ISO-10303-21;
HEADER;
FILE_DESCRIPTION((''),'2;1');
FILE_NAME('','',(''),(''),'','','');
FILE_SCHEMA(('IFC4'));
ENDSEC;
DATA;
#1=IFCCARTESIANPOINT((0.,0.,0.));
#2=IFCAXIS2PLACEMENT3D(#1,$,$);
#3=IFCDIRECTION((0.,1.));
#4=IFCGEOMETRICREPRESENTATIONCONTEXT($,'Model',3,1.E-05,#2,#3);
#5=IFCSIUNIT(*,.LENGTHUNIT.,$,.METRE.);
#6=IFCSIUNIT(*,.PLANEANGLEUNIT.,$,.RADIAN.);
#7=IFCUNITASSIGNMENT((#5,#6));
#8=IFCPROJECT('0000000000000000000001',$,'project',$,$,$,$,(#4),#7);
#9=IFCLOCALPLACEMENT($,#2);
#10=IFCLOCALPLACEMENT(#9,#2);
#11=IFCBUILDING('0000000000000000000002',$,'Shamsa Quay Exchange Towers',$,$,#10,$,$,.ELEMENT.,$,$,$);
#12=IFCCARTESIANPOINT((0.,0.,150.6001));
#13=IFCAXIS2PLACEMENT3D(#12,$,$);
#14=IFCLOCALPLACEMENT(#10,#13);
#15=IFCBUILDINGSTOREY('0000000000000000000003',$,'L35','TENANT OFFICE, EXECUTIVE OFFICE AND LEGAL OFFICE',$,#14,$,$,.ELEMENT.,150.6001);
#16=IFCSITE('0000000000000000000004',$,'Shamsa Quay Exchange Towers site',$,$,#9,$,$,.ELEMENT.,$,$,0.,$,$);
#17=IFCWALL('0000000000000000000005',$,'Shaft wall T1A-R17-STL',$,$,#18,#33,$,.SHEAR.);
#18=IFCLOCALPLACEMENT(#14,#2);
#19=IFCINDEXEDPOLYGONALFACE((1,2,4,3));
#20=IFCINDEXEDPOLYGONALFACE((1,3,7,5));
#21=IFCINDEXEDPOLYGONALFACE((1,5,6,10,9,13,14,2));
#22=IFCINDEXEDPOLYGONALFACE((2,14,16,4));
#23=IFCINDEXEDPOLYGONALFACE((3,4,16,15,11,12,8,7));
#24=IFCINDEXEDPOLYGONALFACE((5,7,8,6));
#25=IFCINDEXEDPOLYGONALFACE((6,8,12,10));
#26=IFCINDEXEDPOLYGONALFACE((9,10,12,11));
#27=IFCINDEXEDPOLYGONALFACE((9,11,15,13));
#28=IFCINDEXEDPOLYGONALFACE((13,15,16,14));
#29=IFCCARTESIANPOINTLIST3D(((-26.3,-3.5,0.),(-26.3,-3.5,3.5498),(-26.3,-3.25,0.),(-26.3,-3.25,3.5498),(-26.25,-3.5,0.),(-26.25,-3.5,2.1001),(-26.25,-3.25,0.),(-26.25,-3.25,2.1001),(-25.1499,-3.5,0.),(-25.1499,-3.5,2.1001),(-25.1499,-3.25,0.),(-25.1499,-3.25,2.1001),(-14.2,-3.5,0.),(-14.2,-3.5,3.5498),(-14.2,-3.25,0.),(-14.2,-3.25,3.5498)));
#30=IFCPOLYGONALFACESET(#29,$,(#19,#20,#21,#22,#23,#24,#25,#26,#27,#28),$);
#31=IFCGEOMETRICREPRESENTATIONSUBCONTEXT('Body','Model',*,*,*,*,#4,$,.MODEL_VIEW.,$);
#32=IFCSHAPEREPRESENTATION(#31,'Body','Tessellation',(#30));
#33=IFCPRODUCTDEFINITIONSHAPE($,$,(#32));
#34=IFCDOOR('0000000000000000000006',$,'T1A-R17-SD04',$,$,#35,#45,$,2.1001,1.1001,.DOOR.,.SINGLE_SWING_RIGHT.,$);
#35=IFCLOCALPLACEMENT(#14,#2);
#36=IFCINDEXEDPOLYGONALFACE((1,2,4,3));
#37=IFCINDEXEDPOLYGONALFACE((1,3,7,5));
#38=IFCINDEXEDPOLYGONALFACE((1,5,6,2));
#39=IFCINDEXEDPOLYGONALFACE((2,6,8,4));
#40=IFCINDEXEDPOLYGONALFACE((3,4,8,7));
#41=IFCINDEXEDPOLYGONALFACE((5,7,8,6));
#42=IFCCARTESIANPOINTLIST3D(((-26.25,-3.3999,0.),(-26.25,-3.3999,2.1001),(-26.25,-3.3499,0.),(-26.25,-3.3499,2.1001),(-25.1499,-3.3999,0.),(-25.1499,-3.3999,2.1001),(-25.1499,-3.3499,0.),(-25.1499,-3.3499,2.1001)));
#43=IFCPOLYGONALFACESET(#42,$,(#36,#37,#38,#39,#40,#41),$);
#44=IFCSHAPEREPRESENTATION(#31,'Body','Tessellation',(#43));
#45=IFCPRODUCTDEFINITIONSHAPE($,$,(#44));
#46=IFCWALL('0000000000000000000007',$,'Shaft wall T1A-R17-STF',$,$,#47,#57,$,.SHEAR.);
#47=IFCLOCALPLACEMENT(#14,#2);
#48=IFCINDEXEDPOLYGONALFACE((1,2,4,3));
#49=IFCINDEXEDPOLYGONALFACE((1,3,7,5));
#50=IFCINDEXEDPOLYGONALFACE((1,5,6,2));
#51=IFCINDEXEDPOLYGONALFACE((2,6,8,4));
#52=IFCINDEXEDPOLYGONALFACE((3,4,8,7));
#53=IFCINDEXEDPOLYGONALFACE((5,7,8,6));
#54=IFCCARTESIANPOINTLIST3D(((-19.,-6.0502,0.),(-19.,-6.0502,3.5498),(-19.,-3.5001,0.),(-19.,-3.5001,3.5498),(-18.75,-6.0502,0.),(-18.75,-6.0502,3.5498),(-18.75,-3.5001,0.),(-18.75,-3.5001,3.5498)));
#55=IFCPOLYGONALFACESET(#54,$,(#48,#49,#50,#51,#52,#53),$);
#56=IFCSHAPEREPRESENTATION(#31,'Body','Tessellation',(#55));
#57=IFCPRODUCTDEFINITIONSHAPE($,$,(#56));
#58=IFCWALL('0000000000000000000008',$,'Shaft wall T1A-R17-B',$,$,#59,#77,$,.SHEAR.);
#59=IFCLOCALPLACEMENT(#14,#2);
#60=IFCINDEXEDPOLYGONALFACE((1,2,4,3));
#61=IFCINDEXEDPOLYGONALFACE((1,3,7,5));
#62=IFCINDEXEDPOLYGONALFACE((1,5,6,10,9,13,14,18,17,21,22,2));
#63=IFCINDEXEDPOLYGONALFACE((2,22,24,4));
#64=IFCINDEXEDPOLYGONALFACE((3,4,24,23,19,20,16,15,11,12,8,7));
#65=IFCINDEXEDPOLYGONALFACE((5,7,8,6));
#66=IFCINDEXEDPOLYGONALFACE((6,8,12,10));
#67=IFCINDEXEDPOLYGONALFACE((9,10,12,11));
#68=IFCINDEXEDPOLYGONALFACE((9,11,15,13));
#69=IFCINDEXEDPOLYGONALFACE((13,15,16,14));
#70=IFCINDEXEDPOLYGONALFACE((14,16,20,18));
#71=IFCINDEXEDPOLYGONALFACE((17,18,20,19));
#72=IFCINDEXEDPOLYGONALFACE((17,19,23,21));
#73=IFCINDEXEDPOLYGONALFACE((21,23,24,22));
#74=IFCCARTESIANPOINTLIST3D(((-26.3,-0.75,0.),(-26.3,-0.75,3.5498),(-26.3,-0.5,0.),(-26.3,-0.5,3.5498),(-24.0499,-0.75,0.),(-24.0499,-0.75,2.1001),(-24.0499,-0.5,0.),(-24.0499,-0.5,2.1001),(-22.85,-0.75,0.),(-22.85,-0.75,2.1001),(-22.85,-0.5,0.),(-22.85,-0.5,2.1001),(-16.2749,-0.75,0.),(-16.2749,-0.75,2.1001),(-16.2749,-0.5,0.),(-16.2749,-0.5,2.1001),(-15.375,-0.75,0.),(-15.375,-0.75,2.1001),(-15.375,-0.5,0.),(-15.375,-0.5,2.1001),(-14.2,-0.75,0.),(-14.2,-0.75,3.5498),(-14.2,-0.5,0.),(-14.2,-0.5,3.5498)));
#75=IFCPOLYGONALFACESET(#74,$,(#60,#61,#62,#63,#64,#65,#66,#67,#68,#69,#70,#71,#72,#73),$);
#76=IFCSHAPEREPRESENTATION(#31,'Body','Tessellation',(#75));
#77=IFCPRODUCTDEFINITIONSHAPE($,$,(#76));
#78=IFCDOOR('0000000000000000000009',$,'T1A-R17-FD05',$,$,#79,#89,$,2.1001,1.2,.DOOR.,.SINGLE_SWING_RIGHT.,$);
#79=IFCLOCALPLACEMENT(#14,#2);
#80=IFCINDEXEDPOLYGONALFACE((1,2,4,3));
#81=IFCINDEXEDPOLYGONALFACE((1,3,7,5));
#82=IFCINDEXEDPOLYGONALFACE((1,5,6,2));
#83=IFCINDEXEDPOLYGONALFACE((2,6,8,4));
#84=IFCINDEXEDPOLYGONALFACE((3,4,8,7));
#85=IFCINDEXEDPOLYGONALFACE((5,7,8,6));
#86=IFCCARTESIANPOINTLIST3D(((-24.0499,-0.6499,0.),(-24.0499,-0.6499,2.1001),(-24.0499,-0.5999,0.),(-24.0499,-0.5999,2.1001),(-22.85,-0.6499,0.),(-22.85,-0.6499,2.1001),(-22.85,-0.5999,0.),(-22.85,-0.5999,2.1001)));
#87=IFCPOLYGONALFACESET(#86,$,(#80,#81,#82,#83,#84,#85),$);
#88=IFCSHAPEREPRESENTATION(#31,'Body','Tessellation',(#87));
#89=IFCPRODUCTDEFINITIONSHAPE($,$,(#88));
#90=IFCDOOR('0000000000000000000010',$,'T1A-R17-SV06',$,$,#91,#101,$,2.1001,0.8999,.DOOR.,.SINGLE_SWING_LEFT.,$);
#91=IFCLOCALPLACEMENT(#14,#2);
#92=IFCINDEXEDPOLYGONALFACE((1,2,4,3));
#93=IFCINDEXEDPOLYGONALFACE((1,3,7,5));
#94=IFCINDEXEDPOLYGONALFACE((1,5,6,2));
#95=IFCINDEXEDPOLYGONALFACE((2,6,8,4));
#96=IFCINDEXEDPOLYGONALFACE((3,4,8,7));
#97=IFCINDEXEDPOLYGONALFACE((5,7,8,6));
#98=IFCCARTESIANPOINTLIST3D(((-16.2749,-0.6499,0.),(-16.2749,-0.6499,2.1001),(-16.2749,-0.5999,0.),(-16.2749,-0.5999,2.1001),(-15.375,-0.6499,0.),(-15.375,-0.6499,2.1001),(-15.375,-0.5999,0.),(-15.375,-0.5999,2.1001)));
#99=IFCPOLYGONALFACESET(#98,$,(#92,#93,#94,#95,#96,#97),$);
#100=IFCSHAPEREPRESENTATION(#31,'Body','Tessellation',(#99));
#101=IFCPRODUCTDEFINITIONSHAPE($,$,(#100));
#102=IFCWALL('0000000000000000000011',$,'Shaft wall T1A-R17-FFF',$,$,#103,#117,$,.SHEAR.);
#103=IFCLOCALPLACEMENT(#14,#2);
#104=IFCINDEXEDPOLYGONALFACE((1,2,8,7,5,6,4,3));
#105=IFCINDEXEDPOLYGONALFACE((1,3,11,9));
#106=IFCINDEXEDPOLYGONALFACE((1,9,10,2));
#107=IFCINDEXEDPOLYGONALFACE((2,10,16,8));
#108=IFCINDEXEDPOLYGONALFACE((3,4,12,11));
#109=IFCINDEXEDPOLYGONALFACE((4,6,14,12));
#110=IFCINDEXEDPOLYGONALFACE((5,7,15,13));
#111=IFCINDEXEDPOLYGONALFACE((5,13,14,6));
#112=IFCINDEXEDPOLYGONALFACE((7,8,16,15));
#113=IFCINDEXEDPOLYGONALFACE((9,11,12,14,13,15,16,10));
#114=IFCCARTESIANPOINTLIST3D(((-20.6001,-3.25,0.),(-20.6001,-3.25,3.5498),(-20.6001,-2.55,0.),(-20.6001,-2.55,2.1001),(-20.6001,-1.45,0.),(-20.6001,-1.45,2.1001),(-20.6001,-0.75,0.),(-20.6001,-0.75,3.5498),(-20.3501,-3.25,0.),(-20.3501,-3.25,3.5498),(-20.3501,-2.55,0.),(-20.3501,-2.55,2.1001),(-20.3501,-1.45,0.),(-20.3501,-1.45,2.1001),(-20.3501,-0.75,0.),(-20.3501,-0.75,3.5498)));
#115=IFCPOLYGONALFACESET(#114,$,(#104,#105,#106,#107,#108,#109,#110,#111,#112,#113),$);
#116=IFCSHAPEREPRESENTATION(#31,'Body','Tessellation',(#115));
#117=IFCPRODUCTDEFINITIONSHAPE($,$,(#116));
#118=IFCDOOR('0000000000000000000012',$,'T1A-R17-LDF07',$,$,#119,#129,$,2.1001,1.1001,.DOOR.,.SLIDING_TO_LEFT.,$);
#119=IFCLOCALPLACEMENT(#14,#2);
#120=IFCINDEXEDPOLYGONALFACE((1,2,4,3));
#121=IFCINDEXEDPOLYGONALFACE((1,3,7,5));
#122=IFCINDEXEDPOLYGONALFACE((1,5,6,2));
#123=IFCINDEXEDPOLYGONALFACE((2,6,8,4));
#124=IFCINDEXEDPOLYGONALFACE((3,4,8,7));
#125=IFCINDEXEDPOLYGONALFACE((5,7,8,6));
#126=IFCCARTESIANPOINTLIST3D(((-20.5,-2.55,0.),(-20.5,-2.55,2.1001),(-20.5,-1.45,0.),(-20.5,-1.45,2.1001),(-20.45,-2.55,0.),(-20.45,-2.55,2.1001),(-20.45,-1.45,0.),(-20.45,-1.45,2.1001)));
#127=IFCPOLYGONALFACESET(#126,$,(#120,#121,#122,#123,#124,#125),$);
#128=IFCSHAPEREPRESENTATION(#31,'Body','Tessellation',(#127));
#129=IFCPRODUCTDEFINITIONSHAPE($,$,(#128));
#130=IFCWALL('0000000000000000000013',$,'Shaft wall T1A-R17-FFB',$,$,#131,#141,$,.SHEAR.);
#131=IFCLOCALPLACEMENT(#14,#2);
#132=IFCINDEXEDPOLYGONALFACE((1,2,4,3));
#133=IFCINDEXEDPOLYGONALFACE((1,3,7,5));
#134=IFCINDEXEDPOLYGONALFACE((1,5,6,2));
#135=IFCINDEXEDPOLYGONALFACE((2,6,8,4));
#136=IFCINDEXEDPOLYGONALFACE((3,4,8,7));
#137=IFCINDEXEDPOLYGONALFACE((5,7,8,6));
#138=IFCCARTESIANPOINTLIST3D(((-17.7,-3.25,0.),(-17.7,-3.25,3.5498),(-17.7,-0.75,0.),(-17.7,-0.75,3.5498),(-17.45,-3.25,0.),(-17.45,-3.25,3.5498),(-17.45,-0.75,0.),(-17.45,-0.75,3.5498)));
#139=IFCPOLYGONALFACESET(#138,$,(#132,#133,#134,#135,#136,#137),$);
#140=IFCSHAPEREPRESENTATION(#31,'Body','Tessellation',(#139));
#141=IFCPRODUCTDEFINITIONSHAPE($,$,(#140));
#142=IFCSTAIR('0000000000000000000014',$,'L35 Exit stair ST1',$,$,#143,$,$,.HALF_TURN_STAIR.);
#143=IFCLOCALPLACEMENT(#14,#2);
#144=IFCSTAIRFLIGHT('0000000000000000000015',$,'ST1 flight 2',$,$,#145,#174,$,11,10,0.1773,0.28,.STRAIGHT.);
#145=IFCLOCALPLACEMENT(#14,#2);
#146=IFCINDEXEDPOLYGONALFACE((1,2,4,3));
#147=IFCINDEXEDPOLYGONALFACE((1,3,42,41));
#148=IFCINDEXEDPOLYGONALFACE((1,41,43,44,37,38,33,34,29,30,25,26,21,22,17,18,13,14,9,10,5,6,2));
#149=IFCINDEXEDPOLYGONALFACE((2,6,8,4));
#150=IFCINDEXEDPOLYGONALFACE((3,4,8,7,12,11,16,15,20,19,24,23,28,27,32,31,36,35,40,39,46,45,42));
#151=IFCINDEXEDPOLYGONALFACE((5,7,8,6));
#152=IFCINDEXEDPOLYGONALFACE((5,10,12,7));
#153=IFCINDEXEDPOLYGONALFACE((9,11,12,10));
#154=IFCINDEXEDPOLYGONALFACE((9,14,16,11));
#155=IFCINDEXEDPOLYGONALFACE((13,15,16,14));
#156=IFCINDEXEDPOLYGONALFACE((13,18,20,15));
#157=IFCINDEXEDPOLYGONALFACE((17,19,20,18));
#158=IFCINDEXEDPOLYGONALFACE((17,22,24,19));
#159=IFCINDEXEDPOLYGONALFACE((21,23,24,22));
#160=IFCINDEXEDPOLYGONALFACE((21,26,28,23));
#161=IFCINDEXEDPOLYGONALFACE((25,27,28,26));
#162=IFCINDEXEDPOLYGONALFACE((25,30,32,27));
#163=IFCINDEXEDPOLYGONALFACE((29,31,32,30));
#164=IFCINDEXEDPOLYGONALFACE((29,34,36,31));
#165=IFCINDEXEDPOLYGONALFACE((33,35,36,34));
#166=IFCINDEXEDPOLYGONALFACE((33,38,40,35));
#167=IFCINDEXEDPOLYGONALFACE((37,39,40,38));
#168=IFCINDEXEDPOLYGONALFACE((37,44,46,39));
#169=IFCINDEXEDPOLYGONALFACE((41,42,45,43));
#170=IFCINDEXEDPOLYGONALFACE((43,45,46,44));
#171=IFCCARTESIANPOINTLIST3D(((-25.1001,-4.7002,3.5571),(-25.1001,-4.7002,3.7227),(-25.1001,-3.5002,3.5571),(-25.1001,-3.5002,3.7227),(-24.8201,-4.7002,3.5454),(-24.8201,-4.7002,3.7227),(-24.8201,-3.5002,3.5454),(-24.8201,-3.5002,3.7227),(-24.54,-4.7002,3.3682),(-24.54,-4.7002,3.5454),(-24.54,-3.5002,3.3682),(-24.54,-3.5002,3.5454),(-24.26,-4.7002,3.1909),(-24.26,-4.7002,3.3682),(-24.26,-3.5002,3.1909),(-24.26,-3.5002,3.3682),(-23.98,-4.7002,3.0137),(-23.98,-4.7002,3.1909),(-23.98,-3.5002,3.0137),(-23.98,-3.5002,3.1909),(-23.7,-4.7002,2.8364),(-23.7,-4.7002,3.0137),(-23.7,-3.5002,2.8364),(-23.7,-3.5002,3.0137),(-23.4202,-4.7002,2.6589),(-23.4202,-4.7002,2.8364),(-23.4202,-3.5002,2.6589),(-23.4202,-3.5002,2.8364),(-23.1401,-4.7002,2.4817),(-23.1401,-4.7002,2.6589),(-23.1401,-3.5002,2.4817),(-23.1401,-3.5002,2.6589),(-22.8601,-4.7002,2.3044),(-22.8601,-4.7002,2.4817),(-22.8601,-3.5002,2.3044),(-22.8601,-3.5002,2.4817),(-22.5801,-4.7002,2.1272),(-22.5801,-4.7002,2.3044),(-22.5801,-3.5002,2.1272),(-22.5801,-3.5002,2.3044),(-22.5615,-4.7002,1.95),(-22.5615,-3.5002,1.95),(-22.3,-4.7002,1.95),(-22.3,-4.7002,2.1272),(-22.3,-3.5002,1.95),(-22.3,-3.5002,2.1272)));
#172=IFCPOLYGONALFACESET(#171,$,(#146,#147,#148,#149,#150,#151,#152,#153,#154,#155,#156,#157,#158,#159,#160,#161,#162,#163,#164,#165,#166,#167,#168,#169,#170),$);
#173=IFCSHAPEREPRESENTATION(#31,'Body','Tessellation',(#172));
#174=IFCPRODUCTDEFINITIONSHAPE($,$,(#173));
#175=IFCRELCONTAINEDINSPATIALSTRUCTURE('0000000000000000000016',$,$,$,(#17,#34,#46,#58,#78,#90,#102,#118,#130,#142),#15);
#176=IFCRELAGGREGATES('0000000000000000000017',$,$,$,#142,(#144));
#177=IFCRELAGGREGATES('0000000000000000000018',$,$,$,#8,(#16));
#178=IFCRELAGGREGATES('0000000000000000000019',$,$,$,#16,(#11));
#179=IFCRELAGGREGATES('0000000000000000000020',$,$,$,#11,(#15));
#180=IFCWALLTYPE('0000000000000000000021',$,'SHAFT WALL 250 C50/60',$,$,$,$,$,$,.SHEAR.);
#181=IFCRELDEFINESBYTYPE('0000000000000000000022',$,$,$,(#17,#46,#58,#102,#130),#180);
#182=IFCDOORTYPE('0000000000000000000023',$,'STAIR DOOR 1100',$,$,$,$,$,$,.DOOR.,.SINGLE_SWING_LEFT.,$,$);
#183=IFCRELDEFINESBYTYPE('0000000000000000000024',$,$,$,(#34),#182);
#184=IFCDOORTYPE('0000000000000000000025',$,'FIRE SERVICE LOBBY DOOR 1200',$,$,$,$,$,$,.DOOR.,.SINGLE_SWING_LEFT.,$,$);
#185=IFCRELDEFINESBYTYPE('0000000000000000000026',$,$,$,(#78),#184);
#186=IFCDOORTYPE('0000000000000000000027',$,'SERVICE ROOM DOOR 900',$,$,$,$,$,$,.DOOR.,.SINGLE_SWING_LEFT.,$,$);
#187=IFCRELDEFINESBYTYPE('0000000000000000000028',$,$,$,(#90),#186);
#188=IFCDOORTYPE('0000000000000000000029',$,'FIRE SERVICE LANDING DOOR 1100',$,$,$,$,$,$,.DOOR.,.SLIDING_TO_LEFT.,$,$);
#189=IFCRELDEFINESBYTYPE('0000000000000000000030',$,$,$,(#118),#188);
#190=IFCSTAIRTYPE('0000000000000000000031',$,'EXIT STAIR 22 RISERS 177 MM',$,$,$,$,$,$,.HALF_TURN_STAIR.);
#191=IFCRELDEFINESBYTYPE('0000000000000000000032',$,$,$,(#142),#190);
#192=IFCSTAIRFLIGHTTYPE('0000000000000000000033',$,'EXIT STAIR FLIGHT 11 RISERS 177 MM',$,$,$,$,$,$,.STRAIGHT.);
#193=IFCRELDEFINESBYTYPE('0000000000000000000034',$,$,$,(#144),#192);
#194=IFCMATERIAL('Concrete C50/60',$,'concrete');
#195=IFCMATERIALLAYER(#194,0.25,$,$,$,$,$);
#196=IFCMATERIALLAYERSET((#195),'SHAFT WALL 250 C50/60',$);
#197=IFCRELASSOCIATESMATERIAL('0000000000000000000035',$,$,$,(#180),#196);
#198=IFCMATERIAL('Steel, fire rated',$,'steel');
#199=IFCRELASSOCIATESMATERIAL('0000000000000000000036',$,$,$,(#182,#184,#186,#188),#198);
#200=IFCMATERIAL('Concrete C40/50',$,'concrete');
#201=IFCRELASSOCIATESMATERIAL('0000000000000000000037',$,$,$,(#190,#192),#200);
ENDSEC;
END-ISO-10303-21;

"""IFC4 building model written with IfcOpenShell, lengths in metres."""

from ifc_helpers import new_model, si_unit, direction, frame, frame_2d, origin, place, context, subcontext, project, spatial, polyline, rectangle, outline, extrude, material, layer, layer_set, type_object, element, fill, aggregate, save


model = new_model("IFC4")

# Units and contexts
model_context = context("Model", 3, precision=1e-05, world=origin(), true_north=direction((0.0, 1.0)))
body_context = subcontext(model_context, "Body", "Model", "MODEL_VIEW")
ifc_project = project(units=[si_unit("LENGTHUNIT", "METRE"), si_unit("PLANEANGLEUNIT", "RADIAN")], contexts=[model_context])

# Site, building, storey
site_placement = place(None, origin())
site = spatial("IfcSite", under=ifc_project, at=site_placement, Name="Shamsa Quay Exchange Towers site", CompositionType="ELEMENT", RefElevation=0.0)
building_placement = place(site_placement, origin())
building = spatial("IfcBuilding", under=site, at=building_placement, Name="Shamsa Quay Exchange Towers", CompositionType="ELEMENT")
storey_placement = place(building_placement, frame((0.0, 0.0, 150.6001)))
storey = spatial("IfcBuildingStorey", under=building, at=storey_placement, Name="L35", Description="TENANT OFFICE, EXECUTIVE OFFICE AND LEGAL OFFICE", CompositionType="ELEMENT", Elevation=150.6001)

# Shared definitions
ifc_material_1 = material(Name="Concrete C40/50", Category="concrete")

# Wall, opening, door
ifc_material_2 = material(Name="Concrete C50/60", Category="concrete")
ifc_layer_1 = layer(ifc_material_2, 0.25)
ifc_layer_set_1 = layer_set([ifc_layer_1], Name="SHAFT WALL 250 C50/60")
wall_type_1 = type_object("IfcWallType", Name="SHAFT WALL 250 C50/60", PredefinedType="SHEAR", material=ifc_layer_set_1)
wall_1_placement = place(storey_placement, frame((-14.2, -3.375, 0.0), z_axis=(0.0, 0.0, 1.0), x_axis=(-1.0, 0.0, 0.0)))
wall_1 = element("IfcWall", 1, at=wall_1_placement, inside=storey, type_object=wall_type_1, Name="Shaft wall T1A-R17-STL", PredefinedType="SHEAR", context=body_context, shape_type="SweptSolid", body=[
    extrude(rectangle(XDim=12.1001, YDim=0.25, at=frame_2d((6.05, 0.0))), origin(), (0.0, 0.0, 1.0), 3.5498),
])
opening_1_placement = place(wall_1_placement, frame((10.95, 0.0, 0.0)))
opening_1 = element("IfcOpeningElement", 2, at=opening_1_placement, cuts=wall_1, PredefinedType="OPENING", context=body_context, shape_type="SweptSolid", body=[
    extrude(rectangle(XDim=1.1001, YDim=2.1001, at=frame_2d((0.55, 1.05))), frame((0.0, 0.135, 0.0), z_axis=(0.0, -1.0, 0.0), x_axis=(1.0, 0.0, 0.0)), (0.0, 0.0, 1.0), 0.27),
])
ifc_material_3 = material(Name="Steel, fire rated", Category="steel")
door_type_1 = type_object("IfcDoorType", Name="STAIR DOOR 1100", OperationType="SINGLE_SWING_LEFT", PredefinedType="DOOR", material=ifc_material_3)
door_1_placement = place(opening_1_placement, origin())
door_1 = element("IfcDoor", 3, at=door_1_placement, inside=storey, type_object=door_type_1, Name="T1A-R17-SD04", OperationType="SINGLE_SWING_RIGHT", OverallHeight=2.1001, OverallWidth=1.1001, PredefinedType="DOOR", context=body_context, shape_type="SweptSolid", body=[
    extrude(rectangle(XDim=1.1001, YDim=2.1001, at=frame_2d((0.55, 1.05))), frame((0.0, 0.0249, 0.0), z_axis=(0.0, -1.0, 0.0), x_axis=(1.0, 0.0, 0.0)), (0.0, 0.0, 1.0), 0.05),
])
fill(opening_1, door_1)

# Wall
wall_2_placement = place(storey_placement, frame((-18.875, -6.05, 0.0), z_axis=(0.0, 0.0, 1.0), x_axis=(0.0, 1.0, 0.0)))
element("IfcWall", 4, at=wall_2_placement, inside=storey, type_object=wall_type_1, Name="Shaft wall T1A-R17-STF", PredefinedType="SHEAR", context=body_context, shape_type="SweptSolid", body=[
    extrude(rectangle(XDim=2.55, YDim=0.25, at=frame_2d((1.2749, 0.0))), origin(), (0.0, 0.0, 1.0), 3.5498),
])

# Wall, openings, doors
wall_3_placement = place(storey_placement, frame((-14.2, -0.625, 0.0), z_axis=(0.0, 0.0, 1.0), x_axis=(-1.0, 0.0, 0.0)))
wall_3 = element("IfcWall", 5, at=wall_3_placement, inside=storey, type_object=wall_type_1, Name="Shaft wall T1A-R17-B", PredefinedType="SHEAR", context=body_context, shape_type="SweptSolid", body=[
    extrude(rectangle(XDim=12.1001, YDim=0.25, at=frame_2d((6.05, 0.0))), origin(), (0.0, 0.0, 1.0), 3.5498),
])
opening_2_placement = place(wall_3_placement, frame((8.6499, 0.0, 0.0)))
opening_2 = element("IfcOpeningElement", 6, at=opening_2_placement, cuts=wall_3, PredefinedType="OPENING", context=body_context, shape_type="SweptSolid", body=[
    extrude(rectangle(XDim=1.2, YDim=2.1001, at=frame_2d((0.6001, 1.05))), frame((0.0, 0.135, 0.0), z_axis=(0.0, -1.0, 0.0), x_axis=(1.0, 0.0, 0.0)), (0.0, 0.0, 1.0), 0.27),
])
opening_3_placement = place(wall_3_placement, frame((1.175, 0.0, 0.0)))
opening_3 = element("IfcOpeningElement", 7, at=opening_3_placement, cuts=wall_3, PredefinedType="OPENING", context=body_context, shape_type="SweptSolid", body=[
    extrude(rectangle(XDim=0.8999, YDim=2.1001, at=frame_2d((0.45, 1.05))), frame((0.0, 0.135, 0.0), z_axis=(0.0, -1.0, 0.0), x_axis=(1.0, 0.0, 0.0)), (0.0, 0.0, 1.0), 0.27),
])
door_type_2 = type_object("IfcDoorType", Name="FIRE SERVICE LOBBY DOOR 1200", OperationType="SINGLE_SWING_LEFT", PredefinedType="DOOR", material=ifc_material_3)
door_2_placement = place(opening_2_placement, origin())
door_2 = element("IfcDoor", 8, at=door_2_placement, inside=storey, type_object=door_type_2, Name="T1A-R17-FD05", OperationType="SINGLE_SWING_RIGHT", OverallHeight=2.1001, OverallWidth=1.2, PredefinedType="DOOR", context=body_context, shape_type="SweptSolid", body=[
    extrude(rectangle(XDim=1.2, YDim=2.1001, at=frame_2d((0.6001, 1.05))), frame((0.0, 0.0249, 0.0), z_axis=(0.0, -1.0, 0.0), x_axis=(1.0, 0.0, 0.0)), (0.0, 0.0, 1.0), 0.05),
])
fill(opening_2, door_2)
door_type_3 = type_object("IfcDoorType", Name="SERVICE ROOM DOOR 900", OperationType="SINGLE_SWING_LEFT", PredefinedType="DOOR", material=ifc_material_3)
door_3_placement = place(opening_3_placement, origin())
door_3 = element("IfcDoor", 9, at=door_3_placement, inside=storey, type_object=door_type_3, Name="T1A-R17-SV06", OperationType="SINGLE_SWING_LEFT", OverallHeight=2.1001, OverallWidth=0.8999, PredefinedType="DOOR", context=body_context, shape_type="SweptSolid", body=[
    extrude(rectangle(XDim=0.8999, YDim=2.1001, at=frame_2d((0.45, 1.05))), frame((0.0, 0.0249, 0.0), z_axis=(0.0, -1.0, 0.0), x_axis=(1.0, 0.0, 0.0)), (0.0, 0.0, 1.0), 0.05),
])
fill(opening_3, door_3)

# Wall, opening, door
wall_4_placement = place(storey_placement, frame((-20.4751, -3.25, 0.0), z_axis=(0.0, 0.0, 1.0), x_axis=(0.0, 1.0, 0.0)))
wall_4 = element("IfcWall", 10, at=wall_4_placement, inside=storey, type_object=wall_type_1, Name="Shaft wall T1A-R17-FFF", PredefinedType="SHEAR", context=body_context, shape_type="SweptSolid", body=[
    extrude(rectangle(XDim=2.5, YDim=0.25, at=frame_2d((1.25, 0.0))), origin(), (0.0, 0.0, 1.0), 3.5498),
])
opening_4_placement = place(wall_4_placement, frame((0.7, 0.0, 0.0)))
opening_4 = element("IfcOpeningElement", 11, at=opening_4_placement, cuts=wall_4, PredefinedType="OPENING", context=body_context, shape_type="SweptSolid", body=[
    extrude(rectangle(XDim=1.1001, YDim=2.1001, at=frame_2d((0.55, 1.05))), frame((0.0, 0.135, 0.0), z_axis=(0.0, -1.0, 0.0), x_axis=(1.0, 0.0, 0.0)), (0.0, 0.0, 1.0), 0.27),
])
door_type_4 = type_object("IfcDoorType", Name="FIRE SERVICE LANDING DOOR 1100", OperationType="SLIDING_TO_LEFT", PredefinedType="DOOR", material=ifc_material_3)
door_4_placement = place(opening_4_placement, origin())
door_4 = element("IfcDoor", 12, at=door_4_placement, inside=storey, type_object=door_type_4, Name="T1A-R17-LDF07", OperationType="SLIDING_TO_LEFT", OverallHeight=2.1001, OverallWidth=1.1001, PredefinedType="DOOR", context=body_context, shape_type="SweptSolid", body=[
    extrude(rectangle(XDim=1.1001, YDim=2.1001, at=frame_2d((0.55, 1.05))), frame((0.0, 0.0249, 0.0), z_axis=(0.0, -1.0, 0.0), x_axis=(1.0, 0.0, 0.0)), (0.0, 0.0, 1.0), 0.05),
])
fill(opening_4, door_4)

# Wall
wall_5_placement = place(storey_placement, frame((-17.575, -3.25, 0.0), z_axis=(0.0, 0.0, 1.0), x_axis=(0.0, 1.0, 0.0)))
element("IfcWall", 13, at=wall_5_placement, inside=storey, type_object=wall_type_1, Name="Shaft wall T1A-R17-FFB", PredefinedType="SHEAR", context=body_context, shape_type="SweptSolid", body=[
    extrude(rectangle(XDim=2.5, YDim=0.25, at=frame_2d((1.25, 0.0))), origin(), (0.0, 0.0, 1.0), 3.5498),
])

# Stair, stair flight
stair_type = type_object("IfcStairType", Name="EXIT STAIR 22 RISERS 177 MM", PredefinedType="HALF_TURN_STAIR", material=ifc_material_1)
stair_placement = place(storey_placement, origin())
stair = element("IfcStair", 14, at=stair_placement, inside=storey, type_object=stair_type, Name="L35 Exit stair ST1", PredefinedType="HALF_TURN_STAIR")
stair_flight_type = type_object("IfcStairFlightType", Name="EXIT STAIR FLIGHT 11 RISERS 177 MM", PredefinedType="STRAIGHT", material=ifc_material_1)
stair_flight_placement = place(storey_placement, frame((-22.3, -4.1001, 1.95), z_axis=(0.0, 0.0, 1.0), x_axis=(-1.0, 0.0, 0.0)))
stair_flight = element("IfcStairFlight", 15, at=stair_flight_placement, type_object=stair_flight_type, Name="ST1 flight 2", NumberOfRisers=11, NumberOfTreads=10, PredefinedType="STRAIGHT", RiserHeight=0.1773, TreadLength=0.28, context=body_context, shape_type="SweptSolid", body=[
    extrude(outline(polyline([(0.0, 0.0), (0.0, 0.1772), (0.28, 0.1772), (0.28, 0.3545), (0.5601, 0.3545), (0.5601, 0.5317), (0.8401, 0.5317), (0.8401, 0.709), (1.1201, 0.709), (1.1201, 0.8865), (1.3999, 0.8865), (1.3999, 1.0637), (1.6799, 1.0637), (1.6799, 1.241), (1.96, 1.241), (1.96, 1.4182), (2.24, 1.4182), (2.24, 1.5955), (2.52, 1.5955), (2.52, 1.7727), (2.8, 1.7727), (2.8, 1.95), (2.8, 1.6072), (0.2615, 0.0), (0.0, 0.0)])), frame((0.0, 0.6001, 0.0), z_axis=(0.0, -1.0, 0.0), x_axis=(1.0, 0.0, 0.0)), (0.0, 0.0, 1.0), 1.2),
])
aggregate(stair, [stair_flight])

save(model, "model.ifc")
